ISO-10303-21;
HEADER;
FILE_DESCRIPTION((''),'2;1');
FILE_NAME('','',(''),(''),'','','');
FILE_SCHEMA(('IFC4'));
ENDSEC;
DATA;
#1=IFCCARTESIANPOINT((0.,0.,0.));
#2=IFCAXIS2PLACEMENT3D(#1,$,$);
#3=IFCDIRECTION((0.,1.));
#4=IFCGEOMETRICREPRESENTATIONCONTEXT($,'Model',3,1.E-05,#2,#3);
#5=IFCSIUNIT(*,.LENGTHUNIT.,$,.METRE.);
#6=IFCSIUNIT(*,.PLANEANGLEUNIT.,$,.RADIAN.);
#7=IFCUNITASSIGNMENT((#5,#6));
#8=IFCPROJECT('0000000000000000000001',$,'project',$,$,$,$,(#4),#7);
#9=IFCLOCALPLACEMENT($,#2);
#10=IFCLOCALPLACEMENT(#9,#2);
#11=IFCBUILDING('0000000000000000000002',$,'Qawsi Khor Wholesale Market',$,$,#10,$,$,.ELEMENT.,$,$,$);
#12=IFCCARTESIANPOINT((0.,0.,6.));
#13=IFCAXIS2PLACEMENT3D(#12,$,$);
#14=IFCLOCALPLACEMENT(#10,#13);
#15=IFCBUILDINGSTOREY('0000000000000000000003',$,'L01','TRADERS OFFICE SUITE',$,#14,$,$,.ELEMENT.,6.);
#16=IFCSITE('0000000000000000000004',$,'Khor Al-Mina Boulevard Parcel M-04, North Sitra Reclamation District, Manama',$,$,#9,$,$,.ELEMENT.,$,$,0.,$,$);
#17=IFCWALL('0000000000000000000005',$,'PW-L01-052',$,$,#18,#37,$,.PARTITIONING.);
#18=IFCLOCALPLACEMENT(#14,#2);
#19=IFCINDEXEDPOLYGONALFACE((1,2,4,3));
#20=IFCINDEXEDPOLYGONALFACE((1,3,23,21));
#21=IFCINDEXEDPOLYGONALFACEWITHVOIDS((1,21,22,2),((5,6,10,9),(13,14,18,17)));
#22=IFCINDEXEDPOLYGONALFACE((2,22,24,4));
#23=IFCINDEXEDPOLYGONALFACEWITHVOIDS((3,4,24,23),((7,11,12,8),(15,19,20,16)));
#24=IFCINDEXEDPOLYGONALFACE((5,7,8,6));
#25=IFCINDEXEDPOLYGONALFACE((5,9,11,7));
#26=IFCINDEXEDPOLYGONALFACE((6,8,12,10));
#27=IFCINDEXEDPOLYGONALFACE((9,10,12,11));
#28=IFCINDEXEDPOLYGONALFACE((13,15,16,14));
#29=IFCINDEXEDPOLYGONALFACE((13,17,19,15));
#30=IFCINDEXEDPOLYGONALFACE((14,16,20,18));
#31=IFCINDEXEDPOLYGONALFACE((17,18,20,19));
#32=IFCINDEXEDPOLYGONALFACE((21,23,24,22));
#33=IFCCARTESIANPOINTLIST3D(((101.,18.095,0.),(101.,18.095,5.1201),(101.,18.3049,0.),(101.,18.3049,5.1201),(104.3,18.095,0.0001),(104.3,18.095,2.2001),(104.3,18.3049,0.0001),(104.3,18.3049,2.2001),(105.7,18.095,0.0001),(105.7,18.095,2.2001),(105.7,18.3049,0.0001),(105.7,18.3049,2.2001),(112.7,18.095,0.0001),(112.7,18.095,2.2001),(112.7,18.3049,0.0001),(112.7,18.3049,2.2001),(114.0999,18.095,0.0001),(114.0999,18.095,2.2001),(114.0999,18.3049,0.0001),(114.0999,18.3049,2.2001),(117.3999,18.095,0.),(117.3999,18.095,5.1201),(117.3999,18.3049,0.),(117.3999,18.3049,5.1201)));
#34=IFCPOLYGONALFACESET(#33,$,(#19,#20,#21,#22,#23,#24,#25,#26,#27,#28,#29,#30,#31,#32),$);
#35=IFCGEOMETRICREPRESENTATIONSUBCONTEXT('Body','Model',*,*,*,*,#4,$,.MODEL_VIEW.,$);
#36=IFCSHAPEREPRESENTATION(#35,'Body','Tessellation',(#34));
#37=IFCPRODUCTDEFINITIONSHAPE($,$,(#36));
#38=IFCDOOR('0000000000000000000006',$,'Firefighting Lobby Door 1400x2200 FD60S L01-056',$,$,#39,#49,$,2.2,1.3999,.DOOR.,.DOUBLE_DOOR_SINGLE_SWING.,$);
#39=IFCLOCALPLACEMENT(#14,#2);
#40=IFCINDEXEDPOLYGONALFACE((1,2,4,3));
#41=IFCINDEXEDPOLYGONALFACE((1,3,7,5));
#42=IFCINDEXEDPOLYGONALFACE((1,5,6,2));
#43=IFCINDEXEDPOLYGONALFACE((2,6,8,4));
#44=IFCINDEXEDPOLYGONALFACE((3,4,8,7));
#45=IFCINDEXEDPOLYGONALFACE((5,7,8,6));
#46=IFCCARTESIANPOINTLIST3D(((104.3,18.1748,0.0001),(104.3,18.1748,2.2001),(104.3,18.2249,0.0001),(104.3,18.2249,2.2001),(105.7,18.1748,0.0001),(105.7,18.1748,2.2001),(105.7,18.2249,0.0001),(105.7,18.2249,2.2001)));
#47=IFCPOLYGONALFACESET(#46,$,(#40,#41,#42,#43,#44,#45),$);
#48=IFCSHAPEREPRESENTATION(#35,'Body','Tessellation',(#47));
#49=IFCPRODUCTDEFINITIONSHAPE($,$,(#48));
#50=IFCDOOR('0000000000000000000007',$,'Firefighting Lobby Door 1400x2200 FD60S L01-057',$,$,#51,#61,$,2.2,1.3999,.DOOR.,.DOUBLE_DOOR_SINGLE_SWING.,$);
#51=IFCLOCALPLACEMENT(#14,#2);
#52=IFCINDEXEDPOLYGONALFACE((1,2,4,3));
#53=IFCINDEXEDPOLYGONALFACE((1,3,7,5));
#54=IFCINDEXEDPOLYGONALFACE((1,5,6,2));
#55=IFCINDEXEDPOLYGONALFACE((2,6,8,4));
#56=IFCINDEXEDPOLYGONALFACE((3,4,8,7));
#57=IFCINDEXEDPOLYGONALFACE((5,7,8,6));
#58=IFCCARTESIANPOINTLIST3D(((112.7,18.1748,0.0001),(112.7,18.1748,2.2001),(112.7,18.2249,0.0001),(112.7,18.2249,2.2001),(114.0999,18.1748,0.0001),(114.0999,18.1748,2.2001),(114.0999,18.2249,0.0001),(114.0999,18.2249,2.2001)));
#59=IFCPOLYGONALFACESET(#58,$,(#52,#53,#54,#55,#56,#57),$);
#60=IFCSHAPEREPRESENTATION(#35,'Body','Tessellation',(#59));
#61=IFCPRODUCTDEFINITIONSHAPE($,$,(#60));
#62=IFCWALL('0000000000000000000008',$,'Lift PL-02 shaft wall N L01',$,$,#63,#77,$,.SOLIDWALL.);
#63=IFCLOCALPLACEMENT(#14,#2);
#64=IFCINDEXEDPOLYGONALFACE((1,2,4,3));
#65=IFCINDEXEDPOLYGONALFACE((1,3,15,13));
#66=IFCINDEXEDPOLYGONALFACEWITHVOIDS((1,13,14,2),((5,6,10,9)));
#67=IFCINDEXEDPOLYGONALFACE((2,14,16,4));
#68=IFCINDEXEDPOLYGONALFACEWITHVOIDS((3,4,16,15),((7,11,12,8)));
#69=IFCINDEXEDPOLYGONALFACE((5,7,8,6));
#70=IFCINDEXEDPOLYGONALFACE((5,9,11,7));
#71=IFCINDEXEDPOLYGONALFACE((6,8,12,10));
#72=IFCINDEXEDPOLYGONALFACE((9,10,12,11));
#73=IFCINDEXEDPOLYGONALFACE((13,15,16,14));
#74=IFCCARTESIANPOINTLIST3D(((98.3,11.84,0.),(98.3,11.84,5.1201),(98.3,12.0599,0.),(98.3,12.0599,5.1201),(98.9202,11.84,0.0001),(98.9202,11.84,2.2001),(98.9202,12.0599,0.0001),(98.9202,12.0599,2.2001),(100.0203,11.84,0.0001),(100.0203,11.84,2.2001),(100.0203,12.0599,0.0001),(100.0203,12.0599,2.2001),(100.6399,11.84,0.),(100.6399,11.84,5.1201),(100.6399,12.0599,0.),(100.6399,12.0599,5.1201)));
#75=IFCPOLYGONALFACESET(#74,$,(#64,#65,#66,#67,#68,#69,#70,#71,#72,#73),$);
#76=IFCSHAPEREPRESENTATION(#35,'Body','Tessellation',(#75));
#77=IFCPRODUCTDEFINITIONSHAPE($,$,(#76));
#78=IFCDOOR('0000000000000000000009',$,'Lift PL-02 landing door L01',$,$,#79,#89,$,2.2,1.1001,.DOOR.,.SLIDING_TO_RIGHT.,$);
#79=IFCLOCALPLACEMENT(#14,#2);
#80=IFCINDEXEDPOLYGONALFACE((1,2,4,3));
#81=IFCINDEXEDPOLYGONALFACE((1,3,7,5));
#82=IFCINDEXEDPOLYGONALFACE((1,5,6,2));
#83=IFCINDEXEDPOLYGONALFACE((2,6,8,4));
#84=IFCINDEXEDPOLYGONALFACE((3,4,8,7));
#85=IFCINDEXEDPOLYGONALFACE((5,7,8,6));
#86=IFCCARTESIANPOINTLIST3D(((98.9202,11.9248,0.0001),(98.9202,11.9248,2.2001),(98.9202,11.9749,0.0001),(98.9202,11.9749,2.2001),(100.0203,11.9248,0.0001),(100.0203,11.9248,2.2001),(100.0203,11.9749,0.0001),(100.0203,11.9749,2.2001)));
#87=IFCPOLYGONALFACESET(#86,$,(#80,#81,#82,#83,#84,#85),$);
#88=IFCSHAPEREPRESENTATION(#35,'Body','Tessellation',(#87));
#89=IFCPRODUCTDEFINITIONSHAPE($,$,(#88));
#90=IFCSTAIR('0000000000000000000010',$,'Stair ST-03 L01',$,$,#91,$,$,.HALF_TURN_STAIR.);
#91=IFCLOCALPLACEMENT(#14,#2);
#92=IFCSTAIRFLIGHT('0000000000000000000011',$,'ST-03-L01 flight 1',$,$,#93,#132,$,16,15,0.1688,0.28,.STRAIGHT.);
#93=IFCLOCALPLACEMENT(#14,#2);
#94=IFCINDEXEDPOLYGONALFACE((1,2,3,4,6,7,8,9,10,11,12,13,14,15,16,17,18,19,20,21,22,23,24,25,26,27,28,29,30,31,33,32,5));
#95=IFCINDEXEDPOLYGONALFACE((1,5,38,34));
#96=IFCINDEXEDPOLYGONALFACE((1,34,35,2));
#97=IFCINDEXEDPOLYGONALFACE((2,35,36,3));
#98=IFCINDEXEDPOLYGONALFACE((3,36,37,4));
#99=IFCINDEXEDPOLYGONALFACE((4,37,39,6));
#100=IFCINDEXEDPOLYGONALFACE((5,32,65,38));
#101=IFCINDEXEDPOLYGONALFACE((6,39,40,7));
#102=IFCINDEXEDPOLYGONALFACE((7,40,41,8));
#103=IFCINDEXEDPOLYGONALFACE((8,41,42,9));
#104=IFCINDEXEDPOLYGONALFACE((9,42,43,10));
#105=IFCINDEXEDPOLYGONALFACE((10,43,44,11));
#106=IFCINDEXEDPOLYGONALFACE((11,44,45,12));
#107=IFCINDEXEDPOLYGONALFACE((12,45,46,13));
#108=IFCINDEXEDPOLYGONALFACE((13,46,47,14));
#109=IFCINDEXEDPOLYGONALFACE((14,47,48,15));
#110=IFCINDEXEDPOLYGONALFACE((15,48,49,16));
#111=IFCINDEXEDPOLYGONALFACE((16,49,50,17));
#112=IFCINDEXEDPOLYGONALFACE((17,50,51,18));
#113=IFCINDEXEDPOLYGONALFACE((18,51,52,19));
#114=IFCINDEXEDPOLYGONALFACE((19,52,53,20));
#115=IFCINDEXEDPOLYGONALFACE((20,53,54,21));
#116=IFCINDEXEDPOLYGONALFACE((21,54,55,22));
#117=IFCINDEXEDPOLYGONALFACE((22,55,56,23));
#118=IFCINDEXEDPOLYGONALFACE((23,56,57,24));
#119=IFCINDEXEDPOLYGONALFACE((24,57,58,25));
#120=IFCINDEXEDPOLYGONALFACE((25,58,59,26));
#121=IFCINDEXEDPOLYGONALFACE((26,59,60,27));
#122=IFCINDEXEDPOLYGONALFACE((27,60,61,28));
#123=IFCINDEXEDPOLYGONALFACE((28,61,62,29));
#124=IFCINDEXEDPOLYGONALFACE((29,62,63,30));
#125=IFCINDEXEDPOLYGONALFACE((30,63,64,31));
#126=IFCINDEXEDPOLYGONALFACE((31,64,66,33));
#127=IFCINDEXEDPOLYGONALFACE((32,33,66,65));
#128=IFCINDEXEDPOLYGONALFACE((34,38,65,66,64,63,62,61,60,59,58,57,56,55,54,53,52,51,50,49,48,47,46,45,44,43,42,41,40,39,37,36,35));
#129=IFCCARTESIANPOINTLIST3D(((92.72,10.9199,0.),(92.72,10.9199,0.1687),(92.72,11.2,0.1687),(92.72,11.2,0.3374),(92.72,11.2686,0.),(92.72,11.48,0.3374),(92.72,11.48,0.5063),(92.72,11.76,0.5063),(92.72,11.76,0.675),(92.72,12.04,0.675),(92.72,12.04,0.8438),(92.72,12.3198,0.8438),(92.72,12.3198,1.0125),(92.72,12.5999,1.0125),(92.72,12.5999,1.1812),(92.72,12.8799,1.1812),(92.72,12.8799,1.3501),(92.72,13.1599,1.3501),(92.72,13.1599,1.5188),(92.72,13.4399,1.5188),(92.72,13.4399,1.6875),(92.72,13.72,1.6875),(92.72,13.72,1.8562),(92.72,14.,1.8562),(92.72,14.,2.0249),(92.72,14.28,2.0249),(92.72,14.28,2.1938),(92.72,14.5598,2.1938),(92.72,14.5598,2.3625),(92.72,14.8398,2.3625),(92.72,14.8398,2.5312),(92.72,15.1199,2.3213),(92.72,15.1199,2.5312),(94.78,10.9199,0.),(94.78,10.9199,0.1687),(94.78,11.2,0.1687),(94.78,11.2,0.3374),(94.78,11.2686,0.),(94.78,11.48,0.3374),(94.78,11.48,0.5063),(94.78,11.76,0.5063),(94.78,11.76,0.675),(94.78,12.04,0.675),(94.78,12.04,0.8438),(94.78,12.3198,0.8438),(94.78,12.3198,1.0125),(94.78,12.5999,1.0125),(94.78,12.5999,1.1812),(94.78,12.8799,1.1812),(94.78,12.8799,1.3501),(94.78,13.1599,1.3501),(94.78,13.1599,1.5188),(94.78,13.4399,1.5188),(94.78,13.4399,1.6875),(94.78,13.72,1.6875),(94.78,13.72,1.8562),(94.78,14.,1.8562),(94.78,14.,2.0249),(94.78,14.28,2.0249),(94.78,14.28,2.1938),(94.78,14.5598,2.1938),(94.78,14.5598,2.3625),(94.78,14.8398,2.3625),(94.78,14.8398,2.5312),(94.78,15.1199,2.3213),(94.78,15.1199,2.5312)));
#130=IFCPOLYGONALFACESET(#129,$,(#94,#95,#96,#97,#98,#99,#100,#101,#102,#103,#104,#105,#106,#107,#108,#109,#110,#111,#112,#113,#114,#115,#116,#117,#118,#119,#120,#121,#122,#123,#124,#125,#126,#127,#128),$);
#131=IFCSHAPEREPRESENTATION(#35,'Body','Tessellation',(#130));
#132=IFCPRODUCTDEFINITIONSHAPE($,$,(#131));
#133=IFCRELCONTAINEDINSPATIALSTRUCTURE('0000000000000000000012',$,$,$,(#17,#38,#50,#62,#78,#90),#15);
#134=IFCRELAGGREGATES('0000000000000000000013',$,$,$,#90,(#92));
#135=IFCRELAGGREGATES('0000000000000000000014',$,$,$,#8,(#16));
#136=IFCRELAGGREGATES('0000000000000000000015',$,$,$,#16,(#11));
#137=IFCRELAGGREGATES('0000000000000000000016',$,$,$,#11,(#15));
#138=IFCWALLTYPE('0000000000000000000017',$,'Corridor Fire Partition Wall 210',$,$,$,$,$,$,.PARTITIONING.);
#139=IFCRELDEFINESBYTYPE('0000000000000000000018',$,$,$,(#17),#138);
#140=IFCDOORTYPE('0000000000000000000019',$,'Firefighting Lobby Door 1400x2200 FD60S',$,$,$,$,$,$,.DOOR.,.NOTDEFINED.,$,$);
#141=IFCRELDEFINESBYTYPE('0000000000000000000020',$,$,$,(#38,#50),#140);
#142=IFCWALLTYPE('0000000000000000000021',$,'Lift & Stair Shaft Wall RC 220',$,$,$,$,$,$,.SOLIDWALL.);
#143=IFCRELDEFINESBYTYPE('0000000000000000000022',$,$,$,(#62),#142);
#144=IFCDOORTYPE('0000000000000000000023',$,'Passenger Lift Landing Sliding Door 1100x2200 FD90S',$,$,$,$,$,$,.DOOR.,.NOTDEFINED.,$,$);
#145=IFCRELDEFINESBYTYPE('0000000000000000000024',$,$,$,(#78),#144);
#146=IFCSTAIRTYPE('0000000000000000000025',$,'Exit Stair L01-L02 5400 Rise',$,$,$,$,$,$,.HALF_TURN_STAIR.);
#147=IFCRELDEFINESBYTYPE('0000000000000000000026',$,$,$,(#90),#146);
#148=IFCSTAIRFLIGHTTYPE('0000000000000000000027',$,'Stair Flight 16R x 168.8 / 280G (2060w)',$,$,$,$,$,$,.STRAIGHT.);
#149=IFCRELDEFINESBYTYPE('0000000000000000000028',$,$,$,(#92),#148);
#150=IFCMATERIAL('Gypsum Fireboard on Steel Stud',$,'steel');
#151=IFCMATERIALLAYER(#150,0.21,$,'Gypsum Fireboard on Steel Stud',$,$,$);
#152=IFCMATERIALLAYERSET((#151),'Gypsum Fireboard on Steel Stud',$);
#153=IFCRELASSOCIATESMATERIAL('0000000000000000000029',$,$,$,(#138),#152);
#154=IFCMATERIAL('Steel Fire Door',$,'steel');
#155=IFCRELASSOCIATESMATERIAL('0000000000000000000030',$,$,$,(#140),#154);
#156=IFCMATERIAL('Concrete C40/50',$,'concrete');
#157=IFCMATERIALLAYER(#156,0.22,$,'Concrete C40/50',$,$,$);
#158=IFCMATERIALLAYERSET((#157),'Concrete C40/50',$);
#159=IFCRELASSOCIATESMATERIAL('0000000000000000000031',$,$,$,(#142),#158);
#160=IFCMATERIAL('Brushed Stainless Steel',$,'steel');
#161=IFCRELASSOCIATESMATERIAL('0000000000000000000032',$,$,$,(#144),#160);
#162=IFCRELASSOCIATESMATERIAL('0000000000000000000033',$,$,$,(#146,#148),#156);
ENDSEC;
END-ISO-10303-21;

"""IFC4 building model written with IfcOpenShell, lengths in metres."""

from ifc_helpers import new_model, si_unit, direction, frame, frame_2d, origin, place, context, subcontext, project, spatial, polyline, rectangle, outline, extrude, material, layer, layer_set, type_object, element, fill, aggregate, save


model = new_model("IFC4")

# Units and contexts
model_context = context("Model", 3, precision=1e-05, world=origin(), true_north=direction((0.0, 1.0)))
body_context = subcontext(model_context, "Body", "Model", "MODEL_VIEW")
ifc_project = project(units=[si_unit("LENGTHUNIT", "METRE"), si_unit("PLANEANGLEUNIT", "RADIAN")], contexts=[model_context])

# Site, building, storey
site_placement = place(None, origin())
site = spatial("IfcSite", under=ifc_project, at=site_placement, Name="Khor Al-Mina Boulevard Parcel M-04, North Sitra Reclamation District, Manama", CompositionType="ELEMENT", RefElevation=0.0)
building_placement = place(site_placement, origin())
building = spatial("IfcBuilding", under=site, at=building_placement, Name="Qawsi Khor Wholesale Market", CompositionType="ELEMENT")
storey_placement = place(building_placement, frame((0.0, 0.0, 6.0)))
storey = spatial("IfcBuildingStorey", under=building, at=storey_placement, Name="L01", Description="TRADERS OFFICE SUITE", CompositionType="ELEMENT", Elevation=6.0)

# Shared definitions
ifc_material_1 = material(Name="Concrete C40/50", Category="concrete")

# Shared definitions
ifc_material_2 = material(Name="Steel Fire Door", Category="steel")

# Wall, openings, doors
ifc_material_3 = material(Name="Gypsum Fireboard on Steel Stud", Category="steel")
ifc_layer_1 = layer(ifc_material_3, 0.21, Name="Gypsum Fireboard on Steel Stud")
ifc_layer_set_1 = layer_set([ifc_layer_1], Name="Gypsum Fireboard on Steel Stud")
wall_type_1 = type_object("IfcWallType", Name="Corridor Fire Partition Wall 210", PredefinedType="PARTITIONING", material=ifc_layer_set_1)
wall_1_placement = place(storey_placement, frame((101.0, 18.2, 0.0), z_axis=(0.0, 0.0, 1.0), x_axis=(1.0, 0.0, 0.0)))
wall_1 = element("IfcWall", 1, at=wall_1_placement, inside=storey, type_object=wall_type_1, Name="PW-L01-052", PredefinedType="PARTITIONING", context=body_context, shape_type="SweptSolid", body=[
    extrude(rectangle(XDim=16.3999, YDim=0.21, at=frame_2d((8.2, 0.0))), origin(), (0.0, 0.0, 1.0), 5.1201),
])
opening_1_placement = place(wall_1_placement, frame((3.3, 0.0, 0.0)))
opening_1 = element("IfcOpeningElement", 2, at=opening_1_placement, cuts=wall_1, PredefinedType="OPENING", context=body_context, shape_type="SweptSolid", body=[
    extrude(rectangle(XDim=1.3999, YDim=2.2, at=frame_2d((0.7, 1.1001))), frame((0.0, 0.115, 0.0), z_axis=(0.0, -1.0, 0.0), x_axis=(1.0, 0.0, 0.0)), (0.0, 0.0, 1.0), 0.23),
])
opening_2_placement = place(wall_1_placement, frame((11.7, 0.0, 0.0)))
opening_2 = element("IfcOpeningElement", 3, at=opening_2_placement, cuts=wall_1, PredefinedType="OPENING", context=body_context, shape_type="SweptSolid", body=[
    extrude(rectangle(XDim=1.3999, YDim=2.2, at=frame_2d((0.7, 1.1001))), frame((0.0, 0.115, 0.0), z_axis=(0.0, -1.0, 0.0), x_axis=(1.0, 0.0, 0.0)), (0.0, 0.0, 1.0), 0.23),
])
door_type_1 = type_object("IfcDoorType", Name="Firefighting Lobby Door 1400x2200 FD60S", OperationType="NOTDEFINED", PredefinedType="DOOR", material=ifc_material_2)
door_1_placement = place(opening_1_placement, origin())
door_1 = element("IfcDoor", 4, at=door_1_placement, inside=storey, type_object=door_type_1, Name="Firefighting Lobby Door 1400x2200 FD60S L01-056", OperationType="DOUBLE_DOOR_SINGLE_SWING", OverallHeight=2.2, OverallWidth=1.3999, PredefinedType="DOOR", context=body_context, shape_type="SweptSolid", body=[
    extrude(rectangle(XDim=1.3999, YDim=2.2, at=frame_2d((0.7, 1.1001))), frame((0.0, 0.0249, 0.0), z_axis=(0.0, -1.0, 0.0), x_axis=(1.0, 0.0, 0.0)), (0.0, 0.0, 1.0), 0.05),
])
fill(opening_1, door_1)
door_2_placement = place(opening_2_placement, origin())
door_2 = element("IfcDoor", 5, at=door_2_placement, inside=storey, type_object=door_type_1, Name="Firefighting Lobby Door 1400x2200 FD60S L01-057", OperationType="DOUBLE_DOOR_SINGLE_SWING", OverallHeight=2.2, OverallWidth=1.3999, PredefinedType="DOOR", context=body_context, shape_type="SweptSolid", body=[
    extrude(rectangle(XDim=1.3999, YDim=2.2, at=frame_2d((0.7, 1.1001))), frame((0.0, 0.0249, 0.0), z_axis=(0.0, -1.0, 0.0), x_axis=(1.0, 0.0, 0.0)), (0.0, 0.0, 1.0), 0.05),
])
fill(opening_2, door_2)

# Wall, opening, door
ifc_layer_2 = layer(ifc_material_1, 0.22, Name="Concrete C40/50")
ifc_layer_set_2 = layer_set([ifc_layer_2], Name="Concrete C40/50")
wall_type_2 = type_object("IfcWallType", Name="Lift & Stair Shaft Wall RC 220", PredefinedType="SOLIDWALL", material=ifc_layer_set_2)
wall_2_placement = place(storey_placement, frame((98.3, 11.95, 0.0), z_axis=(0.0, 0.0, 1.0), x_axis=(1.0, 0.0, 0.0)))
wall_2 = element("IfcWall", 6, at=wall_2_placement, inside=storey, type_object=wall_type_2, Name="Lift PL-02 shaft wall N L01", PredefinedType="SOLIDWALL", context=body_context, shape_type="SweptSolid", body=[
    extrude(rectangle(XDim=2.3398, YDim=0.22, at=frame_2d((1.1699, 0.0))), origin(), (0.0, 0.0, 1.0), 5.1201),
])
opening_3_placement = place(wall_2_placement, frame((0.6201, 0.0, 0.0)))
opening_3 = element("IfcOpeningElement", 7, at=opening_3_placement, cuts=wall_2, PredefinedType="OPENING", context=body_context, shape_type="SweptSolid", body=[
    extrude(rectangle(XDim=1.1001, YDim=2.2, at=frame_2d((0.55, 1.1001))), frame((0.0, 0.1199, 0.0), z_axis=(0.0, -1.0, 0.0), x_axis=(1.0, 0.0, 0.0)), (0.0, 0.0, 1.0), 0.24),
])
ifc_material_4 = material(Name="Brushed Stainless Steel", Category="steel")
door_type_2 = type_object("IfcDoorType", Name="Passenger Lift Landing Sliding Door 1100x2200 FD90S", OperationType="NOTDEFINED", PredefinedType="DOOR", material=ifc_material_4)
door_3_placement = place(opening_3_placement, origin())
door_3 = element("IfcDoor", 8, at=door_3_placement, inside=storey, type_object=door_type_2, Name="Lift PL-02 landing door L01", OperationType="SLIDING_TO_RIGHT", OverallHeight=2.2, OverallWidth=1.1001, PredefinedType="DOOR", context=body_context, shape_type="SweptSolid", body=[
    extrude(rectangle(XDim=1.1001, YDim=2.2, at=frame_2d((0.55, 1.1001))), frame((0.0, 0.0249, 0.0), z_axis=(0.0, -1.0, 0.0), x_axis=(1.0, 0.0, 0.0)), (0.0, 0.0, 1.0), 0.05),
])
fill(opening_3, door_3)

# Stair, stair flight
stair_type = type_object("IfcStairType", Name="Exit Stair L01-L02 5400 Rise", PredefinedType="HALF_TURN_STAIR", material=ifc_material_1)
stair_placement = place(storey_placement, origin())
stair = element("IfcStair", 9, at=stair_placement, inside=storey, type_object=stair_type, Name="Stair ST-03 L01", PredefinedType="HALF_TURN_STAIR")
stair_flight_type = type_object("IfcStairFlightType", Name="Stair Flight 16R x 168.8 / 280G (2060w)", PredefinedType="STRAIGHT", material=ifc_material_1)
stair_flight_1_placement = place(storey_placement, frame((93.75, 10.9199, 0.0), z_axis=(0.0, 0.0, 1.0), x_axis=(0.0, 1.0, 0.0)))
stair_flight_1 = element("IfcStairFlight", 10, at=stair_flight_1_placement, type_object=stair_flight_type, Name="ST-03-L01 flight 1", NumberOfRisers=16, NumberOfTreads=15, PredefinedType="STRAIGHT", RiserHeight=0.1688, TreadLength=0.28, context=body_context, shape_type="SweptSolid", body=[
    extrude(outline(polyline([(0.0, 0.0), (0.0, 0.1687), (0.28, 0.1687), (0.28, 0.3374), (0.5601, 0.3374), (0.5601, 0.5063), (0.8401, 0.5063), (0.8401, 0.675), (1.1201, 0.675), (1.1201, 0.8438), (1.3999, 0.8438), (1.3999, 1.0125), (1.6799, 1.0125), (1.6799, 1.1812), (1.96, 1.1812), (1.96, 1.3501), (2.24, 1.3501), (2.24, 1.5188), (2.52, 1.5188), (2.52, 1.6875), (2.8, 1.6875), (2.8, 1.8562), (3.0801, 1.8562), (3.0801, 2.0249), (3.3601, 2.0249), (3.3601, 2.1938), (3.6399, 2.1938), (3.6399, 2.3625), (3.9199, 2.3625), (3.9199, 2.5312), (4.2, 2.5312), (4.2, 2.7), (4.2, 2.3213), (0.3486, 0.0), (0.0, 0.0)])), frame((0.0, 1.03, 0.0), z_axis=(0.0, -1.0, 0.0), x_axis=(1.0, 0.0, 0.0)), (0.0, 0.0, 1.0), 2.0601),
])
aggregate(stair, [stair_flight_1])

save(model, "model.ifc")
